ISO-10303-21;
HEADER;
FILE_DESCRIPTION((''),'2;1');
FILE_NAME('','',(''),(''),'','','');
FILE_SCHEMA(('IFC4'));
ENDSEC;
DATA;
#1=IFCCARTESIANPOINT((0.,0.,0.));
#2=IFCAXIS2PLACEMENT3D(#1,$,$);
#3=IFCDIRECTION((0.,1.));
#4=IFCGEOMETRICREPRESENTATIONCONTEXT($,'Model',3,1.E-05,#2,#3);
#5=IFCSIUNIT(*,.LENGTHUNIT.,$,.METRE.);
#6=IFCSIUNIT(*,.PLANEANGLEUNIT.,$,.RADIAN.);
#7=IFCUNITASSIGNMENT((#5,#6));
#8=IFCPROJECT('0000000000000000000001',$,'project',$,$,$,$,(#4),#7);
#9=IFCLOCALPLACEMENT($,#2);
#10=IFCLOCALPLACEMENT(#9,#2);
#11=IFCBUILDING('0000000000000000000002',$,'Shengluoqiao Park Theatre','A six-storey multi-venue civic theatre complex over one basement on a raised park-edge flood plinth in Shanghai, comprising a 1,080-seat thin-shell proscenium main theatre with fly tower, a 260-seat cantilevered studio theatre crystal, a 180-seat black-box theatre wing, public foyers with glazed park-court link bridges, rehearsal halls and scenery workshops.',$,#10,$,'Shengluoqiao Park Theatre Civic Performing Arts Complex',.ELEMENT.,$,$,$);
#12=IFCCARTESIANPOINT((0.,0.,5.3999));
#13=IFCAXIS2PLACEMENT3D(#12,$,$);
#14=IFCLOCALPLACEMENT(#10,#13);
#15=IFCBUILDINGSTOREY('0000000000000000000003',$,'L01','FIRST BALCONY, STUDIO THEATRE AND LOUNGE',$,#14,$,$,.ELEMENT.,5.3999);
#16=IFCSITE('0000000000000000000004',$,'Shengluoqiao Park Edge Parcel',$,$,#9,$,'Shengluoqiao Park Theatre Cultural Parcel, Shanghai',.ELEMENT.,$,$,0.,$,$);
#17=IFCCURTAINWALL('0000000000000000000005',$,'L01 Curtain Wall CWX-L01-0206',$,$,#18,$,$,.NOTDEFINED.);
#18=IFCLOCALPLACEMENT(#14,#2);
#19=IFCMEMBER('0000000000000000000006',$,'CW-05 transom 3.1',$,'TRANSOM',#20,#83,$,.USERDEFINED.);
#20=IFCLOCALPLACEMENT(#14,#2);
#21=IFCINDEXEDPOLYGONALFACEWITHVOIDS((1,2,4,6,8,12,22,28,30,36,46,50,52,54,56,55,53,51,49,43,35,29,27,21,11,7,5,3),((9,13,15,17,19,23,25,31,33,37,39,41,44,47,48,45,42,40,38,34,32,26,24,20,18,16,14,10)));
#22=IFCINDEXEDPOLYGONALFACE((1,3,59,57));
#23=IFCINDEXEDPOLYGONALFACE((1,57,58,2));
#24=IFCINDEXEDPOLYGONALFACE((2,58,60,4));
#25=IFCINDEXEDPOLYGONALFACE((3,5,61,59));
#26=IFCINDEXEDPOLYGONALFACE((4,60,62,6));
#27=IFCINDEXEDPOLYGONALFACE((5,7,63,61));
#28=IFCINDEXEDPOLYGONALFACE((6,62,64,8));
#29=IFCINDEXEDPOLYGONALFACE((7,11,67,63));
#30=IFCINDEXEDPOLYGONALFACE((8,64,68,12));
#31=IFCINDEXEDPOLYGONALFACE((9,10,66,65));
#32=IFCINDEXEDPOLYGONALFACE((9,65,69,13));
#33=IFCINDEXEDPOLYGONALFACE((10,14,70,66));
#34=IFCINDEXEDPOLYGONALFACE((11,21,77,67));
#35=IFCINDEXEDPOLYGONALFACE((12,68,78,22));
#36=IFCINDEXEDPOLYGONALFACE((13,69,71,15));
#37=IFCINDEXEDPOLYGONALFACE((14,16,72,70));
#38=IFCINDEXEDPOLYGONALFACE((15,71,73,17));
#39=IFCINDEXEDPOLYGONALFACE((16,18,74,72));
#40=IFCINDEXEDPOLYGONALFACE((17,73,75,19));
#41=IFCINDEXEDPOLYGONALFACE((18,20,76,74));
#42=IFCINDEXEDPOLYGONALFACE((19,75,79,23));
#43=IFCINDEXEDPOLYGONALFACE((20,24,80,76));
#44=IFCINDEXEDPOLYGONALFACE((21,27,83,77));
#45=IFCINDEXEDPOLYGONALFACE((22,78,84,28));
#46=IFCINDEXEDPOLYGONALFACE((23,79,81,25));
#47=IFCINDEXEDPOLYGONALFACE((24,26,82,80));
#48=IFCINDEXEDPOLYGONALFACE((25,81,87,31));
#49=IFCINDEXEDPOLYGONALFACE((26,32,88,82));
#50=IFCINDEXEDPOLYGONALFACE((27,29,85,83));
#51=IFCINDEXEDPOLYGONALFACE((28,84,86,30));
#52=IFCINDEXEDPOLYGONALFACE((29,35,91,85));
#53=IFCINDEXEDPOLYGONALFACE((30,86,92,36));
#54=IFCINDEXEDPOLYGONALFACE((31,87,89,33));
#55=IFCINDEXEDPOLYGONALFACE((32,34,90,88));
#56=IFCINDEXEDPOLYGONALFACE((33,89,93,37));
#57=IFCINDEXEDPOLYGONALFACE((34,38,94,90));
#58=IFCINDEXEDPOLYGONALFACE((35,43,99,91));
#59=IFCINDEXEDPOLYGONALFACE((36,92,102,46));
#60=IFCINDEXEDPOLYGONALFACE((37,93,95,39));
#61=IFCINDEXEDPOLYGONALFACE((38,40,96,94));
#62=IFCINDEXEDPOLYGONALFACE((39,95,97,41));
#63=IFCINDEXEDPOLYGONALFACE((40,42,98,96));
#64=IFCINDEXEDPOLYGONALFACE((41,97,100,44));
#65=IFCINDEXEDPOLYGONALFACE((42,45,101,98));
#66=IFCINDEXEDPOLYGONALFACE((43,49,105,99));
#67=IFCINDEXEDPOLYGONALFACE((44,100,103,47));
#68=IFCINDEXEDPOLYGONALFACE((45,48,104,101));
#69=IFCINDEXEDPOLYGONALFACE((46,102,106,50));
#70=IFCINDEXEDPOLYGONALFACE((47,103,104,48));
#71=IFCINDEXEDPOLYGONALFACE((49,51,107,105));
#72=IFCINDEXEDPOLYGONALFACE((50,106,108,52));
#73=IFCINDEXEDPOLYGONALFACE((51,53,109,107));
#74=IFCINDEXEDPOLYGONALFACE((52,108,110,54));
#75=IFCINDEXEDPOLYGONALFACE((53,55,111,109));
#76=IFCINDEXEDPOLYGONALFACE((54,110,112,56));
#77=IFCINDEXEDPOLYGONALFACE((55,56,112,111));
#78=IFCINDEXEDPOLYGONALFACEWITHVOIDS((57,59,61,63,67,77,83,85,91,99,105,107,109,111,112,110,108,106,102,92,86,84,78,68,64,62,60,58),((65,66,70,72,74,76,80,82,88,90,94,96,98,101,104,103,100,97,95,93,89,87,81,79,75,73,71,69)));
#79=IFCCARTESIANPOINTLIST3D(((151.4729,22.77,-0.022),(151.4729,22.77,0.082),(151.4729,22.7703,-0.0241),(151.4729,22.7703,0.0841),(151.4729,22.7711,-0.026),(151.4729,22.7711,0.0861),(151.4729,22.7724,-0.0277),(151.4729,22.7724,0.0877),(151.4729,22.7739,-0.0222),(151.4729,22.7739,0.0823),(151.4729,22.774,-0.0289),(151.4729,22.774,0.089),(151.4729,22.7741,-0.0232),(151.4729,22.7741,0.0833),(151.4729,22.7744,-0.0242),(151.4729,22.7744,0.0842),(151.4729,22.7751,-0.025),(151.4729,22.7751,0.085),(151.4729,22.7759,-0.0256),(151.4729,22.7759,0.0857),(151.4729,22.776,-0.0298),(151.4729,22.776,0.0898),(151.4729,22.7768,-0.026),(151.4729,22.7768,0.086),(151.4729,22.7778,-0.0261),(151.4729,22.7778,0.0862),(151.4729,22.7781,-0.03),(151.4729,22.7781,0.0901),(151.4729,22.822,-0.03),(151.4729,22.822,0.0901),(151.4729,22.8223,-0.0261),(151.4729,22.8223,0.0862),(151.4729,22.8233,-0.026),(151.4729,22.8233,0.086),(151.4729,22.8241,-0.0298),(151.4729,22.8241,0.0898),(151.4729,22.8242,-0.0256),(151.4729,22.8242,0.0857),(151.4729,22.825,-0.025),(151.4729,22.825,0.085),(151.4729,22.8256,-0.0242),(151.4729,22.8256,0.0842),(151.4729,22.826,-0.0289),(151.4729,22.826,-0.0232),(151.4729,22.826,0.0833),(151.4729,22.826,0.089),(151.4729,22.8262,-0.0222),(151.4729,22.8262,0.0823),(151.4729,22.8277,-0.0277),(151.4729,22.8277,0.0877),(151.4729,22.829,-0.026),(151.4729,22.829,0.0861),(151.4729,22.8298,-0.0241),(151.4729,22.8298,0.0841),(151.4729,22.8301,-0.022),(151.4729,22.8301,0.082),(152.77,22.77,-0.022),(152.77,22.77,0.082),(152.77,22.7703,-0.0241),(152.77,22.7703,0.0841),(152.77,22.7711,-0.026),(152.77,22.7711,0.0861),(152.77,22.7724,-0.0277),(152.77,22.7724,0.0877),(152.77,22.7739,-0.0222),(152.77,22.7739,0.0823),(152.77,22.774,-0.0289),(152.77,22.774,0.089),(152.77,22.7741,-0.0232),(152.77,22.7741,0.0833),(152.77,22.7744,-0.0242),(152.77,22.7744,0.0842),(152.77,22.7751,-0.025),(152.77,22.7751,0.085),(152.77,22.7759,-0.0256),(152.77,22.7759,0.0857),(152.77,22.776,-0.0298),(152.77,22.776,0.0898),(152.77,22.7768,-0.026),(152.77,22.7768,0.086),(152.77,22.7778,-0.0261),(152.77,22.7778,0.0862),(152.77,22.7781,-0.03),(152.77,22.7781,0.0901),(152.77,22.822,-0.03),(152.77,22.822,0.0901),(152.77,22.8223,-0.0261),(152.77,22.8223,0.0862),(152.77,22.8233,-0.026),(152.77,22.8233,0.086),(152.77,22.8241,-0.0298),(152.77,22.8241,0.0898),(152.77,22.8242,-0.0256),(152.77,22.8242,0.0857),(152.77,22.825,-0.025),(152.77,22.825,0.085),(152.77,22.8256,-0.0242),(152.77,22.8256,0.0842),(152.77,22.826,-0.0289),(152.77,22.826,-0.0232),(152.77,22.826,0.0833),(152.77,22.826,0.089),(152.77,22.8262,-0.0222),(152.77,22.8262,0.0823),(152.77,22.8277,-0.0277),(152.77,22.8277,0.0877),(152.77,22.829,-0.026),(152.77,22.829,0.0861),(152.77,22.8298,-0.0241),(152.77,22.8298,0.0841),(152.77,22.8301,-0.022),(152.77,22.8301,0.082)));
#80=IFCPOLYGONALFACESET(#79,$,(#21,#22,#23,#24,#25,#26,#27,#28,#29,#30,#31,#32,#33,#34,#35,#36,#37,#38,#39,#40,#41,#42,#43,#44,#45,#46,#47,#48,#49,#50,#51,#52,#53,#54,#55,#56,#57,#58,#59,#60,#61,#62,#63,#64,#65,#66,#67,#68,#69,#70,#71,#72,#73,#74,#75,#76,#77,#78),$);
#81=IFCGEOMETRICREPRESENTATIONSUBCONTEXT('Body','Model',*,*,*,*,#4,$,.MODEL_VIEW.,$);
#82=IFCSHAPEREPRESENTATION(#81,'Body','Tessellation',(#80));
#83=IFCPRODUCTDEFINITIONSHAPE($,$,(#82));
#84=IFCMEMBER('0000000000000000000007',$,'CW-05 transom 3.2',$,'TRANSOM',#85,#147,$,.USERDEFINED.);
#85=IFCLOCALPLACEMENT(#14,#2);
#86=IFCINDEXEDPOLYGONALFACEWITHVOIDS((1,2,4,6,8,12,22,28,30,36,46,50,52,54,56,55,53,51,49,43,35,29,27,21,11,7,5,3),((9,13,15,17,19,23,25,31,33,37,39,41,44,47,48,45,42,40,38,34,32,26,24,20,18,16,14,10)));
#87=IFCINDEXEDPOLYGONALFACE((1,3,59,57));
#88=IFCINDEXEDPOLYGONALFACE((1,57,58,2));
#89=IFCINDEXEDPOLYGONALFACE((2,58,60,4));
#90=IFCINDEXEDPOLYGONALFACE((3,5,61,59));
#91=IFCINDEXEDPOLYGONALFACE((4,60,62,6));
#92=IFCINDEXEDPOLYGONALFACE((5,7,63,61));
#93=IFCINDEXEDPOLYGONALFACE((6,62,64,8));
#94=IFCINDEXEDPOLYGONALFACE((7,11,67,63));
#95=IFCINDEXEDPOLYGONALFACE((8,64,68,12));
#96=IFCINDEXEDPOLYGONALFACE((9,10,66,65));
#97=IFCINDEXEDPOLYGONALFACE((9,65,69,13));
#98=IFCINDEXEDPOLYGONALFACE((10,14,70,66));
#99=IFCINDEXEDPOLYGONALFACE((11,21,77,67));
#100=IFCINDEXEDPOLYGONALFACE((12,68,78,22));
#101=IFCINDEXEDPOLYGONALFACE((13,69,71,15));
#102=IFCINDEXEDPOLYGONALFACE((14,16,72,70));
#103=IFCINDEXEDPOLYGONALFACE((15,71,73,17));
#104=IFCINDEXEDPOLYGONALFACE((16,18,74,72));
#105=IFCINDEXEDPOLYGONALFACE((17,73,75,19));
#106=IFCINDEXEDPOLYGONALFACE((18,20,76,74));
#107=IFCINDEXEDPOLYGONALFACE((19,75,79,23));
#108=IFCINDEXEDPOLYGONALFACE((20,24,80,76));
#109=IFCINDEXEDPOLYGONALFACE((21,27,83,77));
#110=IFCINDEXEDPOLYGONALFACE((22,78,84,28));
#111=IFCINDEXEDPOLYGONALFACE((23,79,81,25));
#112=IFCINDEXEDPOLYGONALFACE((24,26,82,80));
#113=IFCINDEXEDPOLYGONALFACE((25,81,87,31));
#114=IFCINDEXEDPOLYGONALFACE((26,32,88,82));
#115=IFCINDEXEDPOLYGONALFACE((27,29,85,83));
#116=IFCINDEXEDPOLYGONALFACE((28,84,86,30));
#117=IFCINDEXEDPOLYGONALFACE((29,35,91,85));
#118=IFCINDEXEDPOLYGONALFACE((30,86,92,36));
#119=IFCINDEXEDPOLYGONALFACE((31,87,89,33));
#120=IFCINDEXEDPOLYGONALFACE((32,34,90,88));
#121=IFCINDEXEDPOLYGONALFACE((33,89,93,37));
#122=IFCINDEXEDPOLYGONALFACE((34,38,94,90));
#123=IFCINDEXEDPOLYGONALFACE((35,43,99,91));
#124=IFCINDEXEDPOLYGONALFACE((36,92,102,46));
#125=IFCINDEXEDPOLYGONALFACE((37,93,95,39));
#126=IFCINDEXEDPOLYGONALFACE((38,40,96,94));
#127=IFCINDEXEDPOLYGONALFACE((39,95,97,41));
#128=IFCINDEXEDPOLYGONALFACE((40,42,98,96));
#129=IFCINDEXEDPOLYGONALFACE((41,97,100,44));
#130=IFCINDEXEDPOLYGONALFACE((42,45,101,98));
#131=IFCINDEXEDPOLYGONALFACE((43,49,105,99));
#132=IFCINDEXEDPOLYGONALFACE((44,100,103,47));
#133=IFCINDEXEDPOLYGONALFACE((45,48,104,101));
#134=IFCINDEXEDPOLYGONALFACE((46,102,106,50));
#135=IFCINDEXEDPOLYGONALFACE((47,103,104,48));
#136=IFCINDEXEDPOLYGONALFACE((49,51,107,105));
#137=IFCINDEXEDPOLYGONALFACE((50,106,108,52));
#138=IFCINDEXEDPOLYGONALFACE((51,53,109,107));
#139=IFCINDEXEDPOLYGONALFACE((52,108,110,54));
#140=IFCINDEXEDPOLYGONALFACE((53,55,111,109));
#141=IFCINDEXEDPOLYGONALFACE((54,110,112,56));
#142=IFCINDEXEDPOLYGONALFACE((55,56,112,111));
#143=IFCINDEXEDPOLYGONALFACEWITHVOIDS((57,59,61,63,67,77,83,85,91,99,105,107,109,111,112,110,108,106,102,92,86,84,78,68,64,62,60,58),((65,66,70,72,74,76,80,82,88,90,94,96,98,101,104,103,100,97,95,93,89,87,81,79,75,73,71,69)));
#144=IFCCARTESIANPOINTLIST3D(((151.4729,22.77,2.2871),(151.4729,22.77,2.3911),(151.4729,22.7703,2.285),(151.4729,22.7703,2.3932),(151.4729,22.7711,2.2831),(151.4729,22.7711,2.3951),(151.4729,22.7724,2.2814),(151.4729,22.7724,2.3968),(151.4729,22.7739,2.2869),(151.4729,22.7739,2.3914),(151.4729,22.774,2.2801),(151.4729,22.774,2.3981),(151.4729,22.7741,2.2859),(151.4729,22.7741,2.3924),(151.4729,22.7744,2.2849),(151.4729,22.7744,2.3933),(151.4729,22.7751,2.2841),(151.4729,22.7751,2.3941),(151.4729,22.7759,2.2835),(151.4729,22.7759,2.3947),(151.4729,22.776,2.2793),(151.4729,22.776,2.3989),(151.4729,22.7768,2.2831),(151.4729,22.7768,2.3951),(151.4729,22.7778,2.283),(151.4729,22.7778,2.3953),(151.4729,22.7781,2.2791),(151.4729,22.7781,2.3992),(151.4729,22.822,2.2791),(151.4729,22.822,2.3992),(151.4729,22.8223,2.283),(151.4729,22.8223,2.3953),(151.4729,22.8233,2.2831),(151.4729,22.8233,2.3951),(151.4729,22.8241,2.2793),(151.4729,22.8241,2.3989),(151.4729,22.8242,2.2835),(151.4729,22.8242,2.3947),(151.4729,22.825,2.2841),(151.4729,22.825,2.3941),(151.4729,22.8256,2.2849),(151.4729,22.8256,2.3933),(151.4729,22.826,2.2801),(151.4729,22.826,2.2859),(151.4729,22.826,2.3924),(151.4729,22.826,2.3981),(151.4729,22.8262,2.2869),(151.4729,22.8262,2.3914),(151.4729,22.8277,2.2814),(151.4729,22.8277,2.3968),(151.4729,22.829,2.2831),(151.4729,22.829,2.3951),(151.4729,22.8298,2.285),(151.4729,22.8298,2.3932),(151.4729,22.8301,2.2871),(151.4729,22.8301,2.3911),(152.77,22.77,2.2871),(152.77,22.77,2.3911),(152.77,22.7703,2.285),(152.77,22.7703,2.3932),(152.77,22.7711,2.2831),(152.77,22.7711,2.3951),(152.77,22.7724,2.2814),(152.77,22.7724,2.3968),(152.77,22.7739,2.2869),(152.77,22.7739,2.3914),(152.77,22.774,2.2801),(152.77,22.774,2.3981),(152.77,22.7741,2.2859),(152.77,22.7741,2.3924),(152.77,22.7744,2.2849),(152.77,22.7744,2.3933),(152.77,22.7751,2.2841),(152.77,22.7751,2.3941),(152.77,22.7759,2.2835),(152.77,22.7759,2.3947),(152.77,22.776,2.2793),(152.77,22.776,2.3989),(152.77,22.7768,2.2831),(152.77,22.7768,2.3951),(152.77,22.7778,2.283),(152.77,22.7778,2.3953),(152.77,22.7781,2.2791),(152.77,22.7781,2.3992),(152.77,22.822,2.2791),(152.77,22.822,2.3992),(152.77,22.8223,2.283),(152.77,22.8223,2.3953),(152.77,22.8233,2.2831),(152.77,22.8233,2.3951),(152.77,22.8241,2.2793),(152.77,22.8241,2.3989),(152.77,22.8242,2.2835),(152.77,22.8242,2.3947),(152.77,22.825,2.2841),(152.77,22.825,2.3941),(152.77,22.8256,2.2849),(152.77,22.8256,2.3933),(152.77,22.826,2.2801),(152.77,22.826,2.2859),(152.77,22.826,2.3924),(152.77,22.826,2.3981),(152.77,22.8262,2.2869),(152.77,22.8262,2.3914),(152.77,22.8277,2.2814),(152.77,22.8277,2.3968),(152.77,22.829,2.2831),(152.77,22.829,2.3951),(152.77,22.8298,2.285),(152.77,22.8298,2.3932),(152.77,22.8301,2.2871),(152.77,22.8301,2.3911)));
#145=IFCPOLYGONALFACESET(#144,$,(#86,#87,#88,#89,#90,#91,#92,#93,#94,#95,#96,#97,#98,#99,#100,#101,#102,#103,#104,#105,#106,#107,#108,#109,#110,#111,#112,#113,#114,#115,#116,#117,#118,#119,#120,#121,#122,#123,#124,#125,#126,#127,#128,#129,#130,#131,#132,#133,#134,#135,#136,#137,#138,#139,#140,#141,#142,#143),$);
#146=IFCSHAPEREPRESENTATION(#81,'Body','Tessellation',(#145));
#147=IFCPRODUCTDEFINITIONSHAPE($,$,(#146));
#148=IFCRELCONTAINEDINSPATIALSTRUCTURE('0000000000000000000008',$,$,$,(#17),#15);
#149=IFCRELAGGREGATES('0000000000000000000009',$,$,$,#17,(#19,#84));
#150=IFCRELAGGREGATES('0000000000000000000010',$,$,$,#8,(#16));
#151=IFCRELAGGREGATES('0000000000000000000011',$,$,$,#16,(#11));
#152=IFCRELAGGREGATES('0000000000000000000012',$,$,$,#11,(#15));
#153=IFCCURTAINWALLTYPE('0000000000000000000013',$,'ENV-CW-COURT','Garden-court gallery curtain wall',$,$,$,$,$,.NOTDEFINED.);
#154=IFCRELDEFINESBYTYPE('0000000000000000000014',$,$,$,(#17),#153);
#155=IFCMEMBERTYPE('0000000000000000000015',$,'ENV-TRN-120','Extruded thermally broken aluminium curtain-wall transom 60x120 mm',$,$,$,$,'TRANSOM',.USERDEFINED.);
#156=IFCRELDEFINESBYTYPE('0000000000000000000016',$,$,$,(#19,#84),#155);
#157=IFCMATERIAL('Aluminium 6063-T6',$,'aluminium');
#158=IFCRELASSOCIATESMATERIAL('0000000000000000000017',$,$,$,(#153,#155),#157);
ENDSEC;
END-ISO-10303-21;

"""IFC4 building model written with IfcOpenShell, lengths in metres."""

from ifc_helpers import new_model, si_unit, direction, frame, origin, origin_2d, place, context, subcontext, project, spatial, hollow_rectangle, extrude, material, material_profile, profile_set, type_object, element, aggregate, save


model = new_model("IFC4")

# Units and contexts
model_context = context("Model", 3, precision=1e-05, world=origin(), true_north=direction((0.0, 1.0)))
body_context = subcontext(model_context, "Body", "Model", "MODEL_VIEW")
ifc_project = project(units=[si_unit("LENGTHUNIT", "METRE"), si_unit("PLANEANGLEUNIT", "RADIAN")], contexts=[model_context])

# Site, building, storey
site_placement = place(None, origin())
site = spatial("IfcSite", under=ifc_project, at=site_placement, Name="Shengluoqiao Park Edge Parcel", LongName="Shengluoqiao Park Theatre Cultural Parcel, Shanghai", CompositionType="ELEMENT", RefElevation=0.0)
building_placement = place(site_placement, origin())
building = spatial("IfcBuilding", under=site, at=building_placement, Name="Shengluoqiao Park Theatre", Description="A six-storey multi-venue civic theatre complex over one basement on a raised park-edge flood plinth in Shanghai, comprising a 1,080-seat thin-shell proscenium main theatre with fly tower, a 260-seat cantilevered studio theatre crystal, a 180-seat black-box theatre wing, public foyers with glazed park-court link bridges, rehearsal halls and scenery workshops.", LongName="Shengluoqiao Park Theatre Civic Performing Arts Complex", CompositionType="ELEMENT")
storey_placement = place(building_placement, frame((0.0, 0.0, 5.3999)))
storey = spatial("IfcBuildingStorey", under=building, at=storey_placement, Name="L01", Description="FIRST BALCONY, STUDIO THEATRE AND LOUNGE", CompositionType="ELEMENT", Elevation=5.3999)

# Shared definitions
ifc_material_1 = material(Name="Aluminium 6063-T6", Category="aluminium")
curtain_wall_type = type_object("IfcCurtainWallType", Name="ENV-CW-COURT", Description="Garden-court gallery curtain wall", PredefinedType="NOTDEFINED", material=ifc_material_1)

# Curtain wall, members
curtain_wall_1_placement = place(storey_placement, origin())
curtain_wall_1 = element("IfcCurtainWall", 1, at=curtain_wall_1_placement, inside=storey, type_object=curtain_wall_type, Name="L01 Curtain Wall CWX-L01-0206", PredefinedType="NOTDEFINED")
ifc_material_profile_1 = material_profile(ifc_material_1, hollow_rectangle(XDim=0.0601, YDim=0.1201, WallThickness=0.0039, InnerFilletRadius=0.0039, OuterFilletRadius=0.0081, at=origin_2d()), Name="ALU TRANSOM 120x60x4")
ifc_profile_set_1 = profile_set([ifc_material_profile_1], Name="Aluminium 6063-T6")
member_type_1 = type_object("IfcMemberType", Name="ENV-TRN-120", Description="Extruded thermally broken aluminium curtain-wall transom 60x120 mm", ElementType="TRANSOM", PredefinedType="USERDEFINED", material=ifc_profile_set_1)
member_1_placement = place(storey_placement, frame((151.4729, 22.8, 0.03), z_axis=(1.0, 0.0, 0.0), x_axis=(0.0, 1.0, 0.0)))
member_1 = element("IfcMember", 2, at=member_1_placement, type_object=member_type_1, Name="CW-05 transom 3.1", ObjectType="TRANSOM", PredefinedType="USERDEFINED", context=body_context, shape_type="SweptSolid", body=[
    extrude(hollow_rectangle(XDim=0.0601, YDim=0.1201, WallThickness=0.0039, InnerFilletRadius=0.0039, OuterFilletRadius=0.0081, at=origin_2d()), origin(), (0.0, 0.0, 1.0), 1.2971),
])
member_2_placement = place(storey_placement, frame((151.4729, 22.8, 2.3391), z_axis=(1.0, 0.0, 0.0), x_axis=(0.0, 1.0, 0.0)))
member_2 = element("IfcMember", 3, at=member_2_placement, type_object=member_type_1, Name="CW-05 transom 3.2", ObjectType="TRANSOM", PredefinedType="USERDEFINED", context=body_context, shape_type="SweptSolid", body=[
    extrude(hollow_rectangle(XDim=0.0601, YDim=0.1201, WallThickness=0.0039, InnerFilletRadius=0.0039, OuterFilletRadius=0.0081, at=origin_2d()), origin(), (0.0, 0.0, 1.0), 1.2971),
])

aggregate(curtain_wall_1, [member_1, member_2])

save(model, "model.ifc")
